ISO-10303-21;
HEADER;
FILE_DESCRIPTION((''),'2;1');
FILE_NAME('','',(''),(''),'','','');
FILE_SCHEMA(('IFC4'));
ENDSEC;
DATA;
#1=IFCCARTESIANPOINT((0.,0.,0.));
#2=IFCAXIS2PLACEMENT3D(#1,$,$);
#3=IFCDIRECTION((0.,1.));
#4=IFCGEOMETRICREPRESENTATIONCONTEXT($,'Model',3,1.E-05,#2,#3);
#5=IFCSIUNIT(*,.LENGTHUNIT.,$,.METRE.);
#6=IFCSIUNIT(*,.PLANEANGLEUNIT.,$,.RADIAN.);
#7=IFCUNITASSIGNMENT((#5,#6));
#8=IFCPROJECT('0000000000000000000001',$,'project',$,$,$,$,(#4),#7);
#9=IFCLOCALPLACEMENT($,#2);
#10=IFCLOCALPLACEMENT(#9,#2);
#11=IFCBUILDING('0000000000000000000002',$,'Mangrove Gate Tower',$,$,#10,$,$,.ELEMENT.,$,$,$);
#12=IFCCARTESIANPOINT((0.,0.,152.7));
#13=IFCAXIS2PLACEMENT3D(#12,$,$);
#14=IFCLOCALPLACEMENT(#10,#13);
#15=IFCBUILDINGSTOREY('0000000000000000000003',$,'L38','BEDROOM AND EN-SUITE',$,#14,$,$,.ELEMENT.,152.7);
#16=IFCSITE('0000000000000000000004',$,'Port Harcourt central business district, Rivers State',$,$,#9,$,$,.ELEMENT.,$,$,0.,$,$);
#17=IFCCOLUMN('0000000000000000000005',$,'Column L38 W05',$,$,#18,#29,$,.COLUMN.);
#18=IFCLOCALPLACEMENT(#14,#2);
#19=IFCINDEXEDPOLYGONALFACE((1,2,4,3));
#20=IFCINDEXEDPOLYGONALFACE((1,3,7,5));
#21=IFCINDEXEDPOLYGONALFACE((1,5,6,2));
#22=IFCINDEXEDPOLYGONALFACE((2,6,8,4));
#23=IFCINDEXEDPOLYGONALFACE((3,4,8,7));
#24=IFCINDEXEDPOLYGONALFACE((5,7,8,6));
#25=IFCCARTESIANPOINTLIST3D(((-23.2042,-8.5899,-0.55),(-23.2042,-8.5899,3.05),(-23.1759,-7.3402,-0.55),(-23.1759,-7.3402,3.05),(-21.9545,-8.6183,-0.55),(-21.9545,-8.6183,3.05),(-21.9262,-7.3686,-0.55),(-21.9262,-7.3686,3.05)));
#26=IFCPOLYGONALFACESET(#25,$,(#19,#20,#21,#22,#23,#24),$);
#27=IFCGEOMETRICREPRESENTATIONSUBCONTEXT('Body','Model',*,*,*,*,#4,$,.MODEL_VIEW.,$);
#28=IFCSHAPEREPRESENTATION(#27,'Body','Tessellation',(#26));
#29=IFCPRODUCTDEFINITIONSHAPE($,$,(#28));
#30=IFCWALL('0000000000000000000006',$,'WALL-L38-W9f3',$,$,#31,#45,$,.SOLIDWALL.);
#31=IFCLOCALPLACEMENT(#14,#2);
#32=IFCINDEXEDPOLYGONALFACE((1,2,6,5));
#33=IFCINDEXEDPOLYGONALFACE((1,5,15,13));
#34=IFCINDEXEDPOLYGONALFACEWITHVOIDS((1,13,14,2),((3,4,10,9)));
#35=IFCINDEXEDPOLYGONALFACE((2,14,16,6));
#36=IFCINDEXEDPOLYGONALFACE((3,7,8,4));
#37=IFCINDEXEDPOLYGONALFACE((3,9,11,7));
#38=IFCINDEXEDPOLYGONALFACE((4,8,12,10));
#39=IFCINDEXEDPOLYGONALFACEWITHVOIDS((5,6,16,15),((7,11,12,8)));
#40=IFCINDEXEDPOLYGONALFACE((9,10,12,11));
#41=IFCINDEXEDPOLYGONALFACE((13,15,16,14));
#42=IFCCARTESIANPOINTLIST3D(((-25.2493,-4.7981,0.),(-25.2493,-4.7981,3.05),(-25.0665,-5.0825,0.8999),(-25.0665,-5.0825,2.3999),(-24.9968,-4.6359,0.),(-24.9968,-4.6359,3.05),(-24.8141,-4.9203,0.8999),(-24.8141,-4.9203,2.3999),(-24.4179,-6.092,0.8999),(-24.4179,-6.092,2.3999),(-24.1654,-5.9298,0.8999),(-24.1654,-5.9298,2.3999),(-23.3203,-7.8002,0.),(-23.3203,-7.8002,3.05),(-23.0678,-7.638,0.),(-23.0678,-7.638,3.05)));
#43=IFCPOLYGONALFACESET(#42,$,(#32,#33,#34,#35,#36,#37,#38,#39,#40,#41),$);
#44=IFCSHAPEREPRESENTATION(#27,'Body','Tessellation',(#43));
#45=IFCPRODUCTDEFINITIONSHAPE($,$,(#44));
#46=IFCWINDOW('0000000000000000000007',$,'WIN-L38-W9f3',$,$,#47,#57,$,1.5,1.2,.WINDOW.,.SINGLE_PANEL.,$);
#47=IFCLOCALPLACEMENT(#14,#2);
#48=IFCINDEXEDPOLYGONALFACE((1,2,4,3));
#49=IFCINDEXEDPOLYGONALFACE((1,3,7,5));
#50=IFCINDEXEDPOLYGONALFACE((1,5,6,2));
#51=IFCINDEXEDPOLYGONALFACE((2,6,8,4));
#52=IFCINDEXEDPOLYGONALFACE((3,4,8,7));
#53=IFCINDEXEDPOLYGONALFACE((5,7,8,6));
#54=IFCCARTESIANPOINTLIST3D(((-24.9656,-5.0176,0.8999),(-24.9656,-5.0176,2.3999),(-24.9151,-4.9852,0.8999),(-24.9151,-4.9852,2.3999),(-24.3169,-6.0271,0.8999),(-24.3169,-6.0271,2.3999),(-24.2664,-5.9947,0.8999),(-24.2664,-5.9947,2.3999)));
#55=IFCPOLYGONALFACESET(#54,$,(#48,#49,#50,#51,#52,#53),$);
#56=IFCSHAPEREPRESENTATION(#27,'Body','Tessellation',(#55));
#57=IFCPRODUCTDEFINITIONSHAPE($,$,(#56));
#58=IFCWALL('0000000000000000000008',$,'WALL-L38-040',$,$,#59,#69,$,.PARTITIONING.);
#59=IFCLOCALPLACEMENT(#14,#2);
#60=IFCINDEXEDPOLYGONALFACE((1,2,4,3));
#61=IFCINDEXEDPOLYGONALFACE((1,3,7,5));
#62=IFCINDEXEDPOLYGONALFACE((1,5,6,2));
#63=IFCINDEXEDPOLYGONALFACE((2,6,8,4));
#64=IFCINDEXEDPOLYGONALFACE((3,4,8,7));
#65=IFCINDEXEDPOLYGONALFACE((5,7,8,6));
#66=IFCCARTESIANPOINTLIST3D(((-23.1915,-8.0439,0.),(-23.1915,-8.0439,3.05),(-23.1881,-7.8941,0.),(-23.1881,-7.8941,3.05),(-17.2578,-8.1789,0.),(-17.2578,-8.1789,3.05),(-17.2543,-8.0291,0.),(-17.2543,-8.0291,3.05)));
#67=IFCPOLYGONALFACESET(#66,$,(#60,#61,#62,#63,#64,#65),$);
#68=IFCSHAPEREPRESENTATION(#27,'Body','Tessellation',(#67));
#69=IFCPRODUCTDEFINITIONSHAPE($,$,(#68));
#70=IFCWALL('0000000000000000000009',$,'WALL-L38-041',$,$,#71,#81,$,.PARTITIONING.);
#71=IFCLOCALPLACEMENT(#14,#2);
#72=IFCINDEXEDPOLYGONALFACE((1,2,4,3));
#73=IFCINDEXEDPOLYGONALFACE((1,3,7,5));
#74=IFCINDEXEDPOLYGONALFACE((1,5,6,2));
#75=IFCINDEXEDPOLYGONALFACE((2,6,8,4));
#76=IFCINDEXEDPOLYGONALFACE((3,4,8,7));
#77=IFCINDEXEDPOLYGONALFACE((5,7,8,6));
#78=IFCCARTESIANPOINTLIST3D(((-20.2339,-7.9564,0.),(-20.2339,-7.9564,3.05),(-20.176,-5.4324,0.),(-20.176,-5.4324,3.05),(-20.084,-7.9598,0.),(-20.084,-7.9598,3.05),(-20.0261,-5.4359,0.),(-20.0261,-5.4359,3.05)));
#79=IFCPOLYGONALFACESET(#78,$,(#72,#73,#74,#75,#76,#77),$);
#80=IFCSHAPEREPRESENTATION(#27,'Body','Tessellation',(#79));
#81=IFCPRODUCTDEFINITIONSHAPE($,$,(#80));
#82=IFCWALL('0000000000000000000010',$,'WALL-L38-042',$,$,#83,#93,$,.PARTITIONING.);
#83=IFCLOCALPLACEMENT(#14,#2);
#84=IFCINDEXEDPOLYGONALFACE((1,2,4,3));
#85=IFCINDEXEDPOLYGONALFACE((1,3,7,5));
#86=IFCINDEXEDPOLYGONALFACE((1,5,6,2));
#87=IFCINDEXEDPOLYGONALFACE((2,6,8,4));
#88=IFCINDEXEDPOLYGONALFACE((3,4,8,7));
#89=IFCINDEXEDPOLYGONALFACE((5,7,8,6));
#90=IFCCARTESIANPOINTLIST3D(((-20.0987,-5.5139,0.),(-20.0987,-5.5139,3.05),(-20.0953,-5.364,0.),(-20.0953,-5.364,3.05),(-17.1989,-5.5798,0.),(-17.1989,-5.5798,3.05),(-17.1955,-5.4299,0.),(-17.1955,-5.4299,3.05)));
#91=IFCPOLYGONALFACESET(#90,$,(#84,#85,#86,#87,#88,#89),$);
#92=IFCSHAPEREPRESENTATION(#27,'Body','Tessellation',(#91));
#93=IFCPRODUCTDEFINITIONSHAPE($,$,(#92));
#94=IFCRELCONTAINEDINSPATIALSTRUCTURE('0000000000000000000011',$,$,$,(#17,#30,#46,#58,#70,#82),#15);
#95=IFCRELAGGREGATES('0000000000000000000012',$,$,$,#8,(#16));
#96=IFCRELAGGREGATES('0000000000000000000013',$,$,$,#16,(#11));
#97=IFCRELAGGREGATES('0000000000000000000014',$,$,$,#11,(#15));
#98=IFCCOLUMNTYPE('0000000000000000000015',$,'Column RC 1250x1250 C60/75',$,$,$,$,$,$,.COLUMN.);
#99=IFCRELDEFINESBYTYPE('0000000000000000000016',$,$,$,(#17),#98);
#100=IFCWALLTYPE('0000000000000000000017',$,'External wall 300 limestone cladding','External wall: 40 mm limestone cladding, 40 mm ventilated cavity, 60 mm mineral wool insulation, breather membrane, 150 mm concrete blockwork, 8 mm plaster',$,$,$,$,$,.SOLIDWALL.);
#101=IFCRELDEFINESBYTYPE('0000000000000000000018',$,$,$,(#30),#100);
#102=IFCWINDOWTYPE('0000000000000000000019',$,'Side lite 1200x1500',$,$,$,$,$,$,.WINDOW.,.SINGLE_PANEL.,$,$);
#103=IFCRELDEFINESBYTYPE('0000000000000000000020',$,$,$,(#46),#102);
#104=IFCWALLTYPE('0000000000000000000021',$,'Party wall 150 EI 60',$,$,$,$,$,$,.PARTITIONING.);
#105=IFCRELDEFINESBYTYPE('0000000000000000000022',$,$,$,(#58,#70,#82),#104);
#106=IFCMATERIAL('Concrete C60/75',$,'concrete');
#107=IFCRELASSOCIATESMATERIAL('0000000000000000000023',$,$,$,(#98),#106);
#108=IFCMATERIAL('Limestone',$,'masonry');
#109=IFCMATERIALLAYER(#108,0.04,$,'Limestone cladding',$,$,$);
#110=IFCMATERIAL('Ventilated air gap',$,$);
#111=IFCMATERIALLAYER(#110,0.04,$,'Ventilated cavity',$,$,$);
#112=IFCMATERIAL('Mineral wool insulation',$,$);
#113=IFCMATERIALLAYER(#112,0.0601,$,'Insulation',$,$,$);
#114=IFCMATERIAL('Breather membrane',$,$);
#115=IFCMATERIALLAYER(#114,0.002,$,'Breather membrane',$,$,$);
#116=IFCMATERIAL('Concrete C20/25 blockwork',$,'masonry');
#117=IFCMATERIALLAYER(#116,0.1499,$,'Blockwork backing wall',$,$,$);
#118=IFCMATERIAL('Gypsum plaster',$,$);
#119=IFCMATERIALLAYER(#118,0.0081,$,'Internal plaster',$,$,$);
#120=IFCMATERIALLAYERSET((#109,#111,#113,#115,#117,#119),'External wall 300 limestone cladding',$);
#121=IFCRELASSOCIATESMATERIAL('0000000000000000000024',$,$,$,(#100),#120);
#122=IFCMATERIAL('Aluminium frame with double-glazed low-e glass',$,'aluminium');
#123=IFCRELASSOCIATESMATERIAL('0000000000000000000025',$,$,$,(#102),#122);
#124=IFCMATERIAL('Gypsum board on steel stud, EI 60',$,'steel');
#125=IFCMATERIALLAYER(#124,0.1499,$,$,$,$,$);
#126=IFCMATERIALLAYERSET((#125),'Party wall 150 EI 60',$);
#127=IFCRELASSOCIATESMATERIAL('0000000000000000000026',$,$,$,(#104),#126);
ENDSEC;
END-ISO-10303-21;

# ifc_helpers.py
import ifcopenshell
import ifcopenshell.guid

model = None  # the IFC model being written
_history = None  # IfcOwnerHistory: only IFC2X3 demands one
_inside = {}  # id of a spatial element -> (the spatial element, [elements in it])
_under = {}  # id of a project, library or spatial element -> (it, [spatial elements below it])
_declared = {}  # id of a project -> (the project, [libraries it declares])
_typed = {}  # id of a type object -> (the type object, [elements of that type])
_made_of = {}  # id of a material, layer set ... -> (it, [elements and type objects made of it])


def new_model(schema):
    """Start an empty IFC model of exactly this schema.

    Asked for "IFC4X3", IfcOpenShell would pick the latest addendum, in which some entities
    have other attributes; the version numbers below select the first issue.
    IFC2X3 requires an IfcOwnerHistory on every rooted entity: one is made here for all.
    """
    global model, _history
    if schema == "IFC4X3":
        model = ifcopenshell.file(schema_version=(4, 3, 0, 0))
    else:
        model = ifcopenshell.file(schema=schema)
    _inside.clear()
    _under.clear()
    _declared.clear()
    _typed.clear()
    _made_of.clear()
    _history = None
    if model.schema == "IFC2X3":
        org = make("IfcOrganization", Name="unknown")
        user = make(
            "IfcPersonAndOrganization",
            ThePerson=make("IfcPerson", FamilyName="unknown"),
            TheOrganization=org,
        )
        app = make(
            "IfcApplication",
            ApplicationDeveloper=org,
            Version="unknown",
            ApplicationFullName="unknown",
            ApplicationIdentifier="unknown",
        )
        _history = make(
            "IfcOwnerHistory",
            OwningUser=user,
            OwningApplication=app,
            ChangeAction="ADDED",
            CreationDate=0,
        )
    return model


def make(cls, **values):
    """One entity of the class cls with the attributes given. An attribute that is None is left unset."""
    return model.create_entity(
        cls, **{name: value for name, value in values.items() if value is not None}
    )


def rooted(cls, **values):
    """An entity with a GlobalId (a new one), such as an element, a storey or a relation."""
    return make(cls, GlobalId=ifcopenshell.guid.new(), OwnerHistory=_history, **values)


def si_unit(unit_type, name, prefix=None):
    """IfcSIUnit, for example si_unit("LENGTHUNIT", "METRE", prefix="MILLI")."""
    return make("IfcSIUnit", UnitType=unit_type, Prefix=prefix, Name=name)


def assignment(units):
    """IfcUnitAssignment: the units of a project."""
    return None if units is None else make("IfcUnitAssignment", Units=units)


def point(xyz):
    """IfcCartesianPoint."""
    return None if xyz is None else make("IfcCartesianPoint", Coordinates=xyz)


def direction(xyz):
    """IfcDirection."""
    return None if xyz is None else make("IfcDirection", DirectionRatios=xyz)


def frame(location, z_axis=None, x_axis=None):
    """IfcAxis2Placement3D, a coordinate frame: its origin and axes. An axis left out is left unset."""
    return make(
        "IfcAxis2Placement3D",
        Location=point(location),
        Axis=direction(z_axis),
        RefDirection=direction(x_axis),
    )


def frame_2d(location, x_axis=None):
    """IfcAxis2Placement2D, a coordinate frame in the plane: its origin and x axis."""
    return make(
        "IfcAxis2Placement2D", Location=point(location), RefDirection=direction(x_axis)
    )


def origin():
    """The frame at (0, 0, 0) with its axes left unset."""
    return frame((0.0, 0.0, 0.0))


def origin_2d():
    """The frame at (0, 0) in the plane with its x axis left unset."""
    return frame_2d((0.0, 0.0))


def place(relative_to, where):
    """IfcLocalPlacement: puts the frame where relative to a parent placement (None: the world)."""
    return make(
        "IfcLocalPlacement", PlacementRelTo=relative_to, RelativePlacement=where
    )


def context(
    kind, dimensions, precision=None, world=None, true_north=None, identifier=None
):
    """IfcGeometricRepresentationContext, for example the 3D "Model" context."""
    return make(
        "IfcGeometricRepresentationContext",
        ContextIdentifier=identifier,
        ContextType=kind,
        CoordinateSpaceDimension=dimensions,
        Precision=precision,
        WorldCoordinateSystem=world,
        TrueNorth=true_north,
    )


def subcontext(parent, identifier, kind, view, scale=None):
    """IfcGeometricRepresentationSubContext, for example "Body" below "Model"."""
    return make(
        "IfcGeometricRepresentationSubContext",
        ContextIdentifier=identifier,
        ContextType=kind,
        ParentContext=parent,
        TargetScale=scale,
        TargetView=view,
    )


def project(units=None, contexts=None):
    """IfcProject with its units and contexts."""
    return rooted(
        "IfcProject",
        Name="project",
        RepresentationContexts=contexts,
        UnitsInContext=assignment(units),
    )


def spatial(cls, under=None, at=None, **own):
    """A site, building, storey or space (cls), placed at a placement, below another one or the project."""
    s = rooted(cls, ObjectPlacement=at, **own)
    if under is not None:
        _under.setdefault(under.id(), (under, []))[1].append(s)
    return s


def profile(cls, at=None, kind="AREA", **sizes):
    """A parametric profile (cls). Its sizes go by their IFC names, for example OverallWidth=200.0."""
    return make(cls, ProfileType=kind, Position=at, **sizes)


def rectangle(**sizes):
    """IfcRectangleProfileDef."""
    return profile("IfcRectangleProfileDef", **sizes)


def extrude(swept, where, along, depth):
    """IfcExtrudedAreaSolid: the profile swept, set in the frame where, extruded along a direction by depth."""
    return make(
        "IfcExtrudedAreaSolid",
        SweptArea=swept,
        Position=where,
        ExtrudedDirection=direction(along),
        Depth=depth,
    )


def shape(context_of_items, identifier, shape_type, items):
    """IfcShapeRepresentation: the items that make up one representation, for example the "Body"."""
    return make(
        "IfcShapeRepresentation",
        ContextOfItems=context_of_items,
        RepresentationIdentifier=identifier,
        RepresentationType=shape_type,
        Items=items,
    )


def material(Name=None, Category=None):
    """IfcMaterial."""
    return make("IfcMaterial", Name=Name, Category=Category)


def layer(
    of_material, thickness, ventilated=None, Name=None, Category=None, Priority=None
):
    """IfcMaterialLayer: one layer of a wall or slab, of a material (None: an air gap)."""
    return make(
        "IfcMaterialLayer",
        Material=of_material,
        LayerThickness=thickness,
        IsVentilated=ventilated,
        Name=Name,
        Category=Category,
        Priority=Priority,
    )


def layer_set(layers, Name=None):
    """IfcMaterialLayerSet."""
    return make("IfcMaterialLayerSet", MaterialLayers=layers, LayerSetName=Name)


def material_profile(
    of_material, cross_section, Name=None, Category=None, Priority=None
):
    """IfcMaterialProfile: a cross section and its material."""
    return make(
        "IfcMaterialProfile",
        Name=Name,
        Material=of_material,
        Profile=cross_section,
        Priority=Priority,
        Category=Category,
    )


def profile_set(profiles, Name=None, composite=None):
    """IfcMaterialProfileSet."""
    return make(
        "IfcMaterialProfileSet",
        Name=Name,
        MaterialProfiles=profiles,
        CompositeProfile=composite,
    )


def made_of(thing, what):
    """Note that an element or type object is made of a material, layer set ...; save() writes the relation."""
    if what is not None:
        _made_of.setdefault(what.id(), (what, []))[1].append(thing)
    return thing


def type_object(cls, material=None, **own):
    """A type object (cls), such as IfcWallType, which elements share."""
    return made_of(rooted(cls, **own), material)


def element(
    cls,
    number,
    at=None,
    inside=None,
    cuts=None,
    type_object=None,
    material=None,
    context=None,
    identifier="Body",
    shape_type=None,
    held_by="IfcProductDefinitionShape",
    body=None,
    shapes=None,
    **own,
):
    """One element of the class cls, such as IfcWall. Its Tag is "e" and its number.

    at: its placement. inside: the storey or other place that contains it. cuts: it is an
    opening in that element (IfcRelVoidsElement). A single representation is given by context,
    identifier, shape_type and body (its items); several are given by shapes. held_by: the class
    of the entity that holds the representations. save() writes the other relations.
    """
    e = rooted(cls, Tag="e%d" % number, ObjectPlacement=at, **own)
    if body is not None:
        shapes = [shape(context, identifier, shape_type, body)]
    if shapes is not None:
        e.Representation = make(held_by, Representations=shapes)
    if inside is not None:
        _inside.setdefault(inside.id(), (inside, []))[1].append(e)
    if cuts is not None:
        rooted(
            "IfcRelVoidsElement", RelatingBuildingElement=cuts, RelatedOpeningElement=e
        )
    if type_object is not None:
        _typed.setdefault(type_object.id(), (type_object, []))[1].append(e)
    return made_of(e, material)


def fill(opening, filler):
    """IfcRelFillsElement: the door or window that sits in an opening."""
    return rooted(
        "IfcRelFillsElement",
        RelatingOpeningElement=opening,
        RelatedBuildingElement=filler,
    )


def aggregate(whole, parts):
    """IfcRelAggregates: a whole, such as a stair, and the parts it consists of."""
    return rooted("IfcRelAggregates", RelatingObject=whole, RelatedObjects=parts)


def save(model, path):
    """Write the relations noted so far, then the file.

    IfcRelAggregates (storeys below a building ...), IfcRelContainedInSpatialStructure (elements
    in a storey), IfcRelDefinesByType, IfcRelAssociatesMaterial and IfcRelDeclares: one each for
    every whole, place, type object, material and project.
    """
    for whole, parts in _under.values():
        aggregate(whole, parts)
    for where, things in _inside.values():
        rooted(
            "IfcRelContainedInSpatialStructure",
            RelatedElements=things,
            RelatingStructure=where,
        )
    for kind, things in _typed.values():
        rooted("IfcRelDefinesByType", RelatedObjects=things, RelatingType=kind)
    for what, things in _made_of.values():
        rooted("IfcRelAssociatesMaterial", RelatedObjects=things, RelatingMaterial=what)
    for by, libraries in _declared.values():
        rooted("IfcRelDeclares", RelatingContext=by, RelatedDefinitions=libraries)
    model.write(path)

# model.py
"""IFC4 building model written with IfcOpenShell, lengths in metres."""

from ifc_helpers import new_model, si_unit, direction, frame, frame_2d, origin, origin_2d, place, context, subcontext, project, spatial, rectangle, extrude, material, layer, layer_set, material_profile, profile_set, type_object, element, fill, save


model = new_model("IFC4")

# Units and contexts
model_context = context("Model", 3, precision=1e-05, world=origin(), true_north=direction((0.0, 1.0)))
body_context = subcontext(model_context, "Body", "Model", "MODEL_VIEW")
ifc_project = project(units=[si_unit("LENGTHUNIT", "METRE"), si_unit("PLANEANGLEUNIT", "RADIAN")], contexts=[model_context])

# Site, building, storey
site_placement = place(None, origin())
site = spatial("IfcSite", under=ifc_project, at=site_placement, Name="Port Harcourt central business district, Rivers State", CompositionType="ELEMENT", RefElevation=0.0)
building_placement = place(site_placement, origin())
building = spatial("IfcBuilding", under=site, at=building_placement, Name="Mangrove Gate Tower", CompositionType="ELEMENT")
storey_placement = place(building_placement, frame((0.0, 0.0, 152.7)))
storey = spatial("IfcBuildingStorey", under=building, at=storey_placement, Name="L38", Description="BEDROOM AND EN-SUITE", CompositionType="ELEMENT", Elevation=152.7)

# Column
ifc_material_1 = material(Name="Concrete C60/75", Category="concrete")
ifc_material_profile = material_profile(ifc_material_1, rectangle(XDim=1.25, YDim=1.25, at=origin_2d()))
ifc_profile_set = profile_set([ifc_material_profile], Name="Concrete C60/75")
column_type = type_object("IfcColumnType", Name="Column RC 1250x1250 C60/75", PredefinedType="COLUMN", material=ifc_profile_set)
column_placement = place(storey_placement, frame((-22.5652, -7.9792, -0.55), z_axis=(0.0, 0.0, 1.0), x_axis=(-0.022668, -0.999743, 0.0)))
element("IfcColumn", 1, at=column_placement, inside=storey, type_object=column_type, Name="Column L38 W05", PredefinedType="COLUMN", context=body_context, shape_type="SweptSolid", body=[
    extrude(rectangle(XDim=1.25, YDim=1.25, at=origin_2d()), origin(), (0.0, 0.0, 1.0), 3.6001),
])

# Wall, opening, window
ifc_material_2 = material(Name="Limestone", Category="masonry")
ifc_layer_1 = layer(ifc_material_2, 0.04, Name="Limestone cladding")
ifc_material_3 = material(Name="Ventilated air gap")
ifc_layer_2 = layer(ifc_material_3, 0.04, Name="Ventilated cavity")
ifc_material_4 = material(Name="Mineral wool insulation")
ifc_layer_3 = layer(ifc_material_4, 0.0601, Name="Insulation")
ifc_material_5 = material(Name="Breather membrane")
ifc_layer_4 = layer(ifc_material_5, 0.002, Name="Breather membrane")
ifc_material_6 = material(Name="Concrete C20/25 blockwork", Category="masonry")
ifc_layer_5 = layer(ifc_material_6, 0.1499, Name="Blockwork backing wall")
ifc_material_7 = material(Name="Gypsum plaster")
ifc_layer_6 = layer(ifc_material_7, 0.0081, Name="Internal plaster")
ifc_layer_set_1 = layer_set([ifc_layer_1, ifc_layer_2, ifc_layer_3, ifc_layer_4, ifc_layer_5, ifc_layer_6], Name="External wall 300 limestone cladding")
wall_type_1 = type_object("IfcWallType", Name="External wall 300 limestone cladding", Description="External wall: 40 mm limestone cladding, 40 mm ventilated cavity, 60 mm mineral wool insulation, breather membrane, 150 mm concrete blockwork, 8 mm plaster", PredefinedType="SOLIDWALL", material=ifc_layer_set_1)
wall_1_placement = place(storey_placement, frame((-25.123, -4.717, 0.0), z_axis=(0.0, 0.0, 1.0), x_axis=(0.540585, -0.84129, 0.0)))
wall_1 = element("IfcWall", 2, at=wall_1_placement, inside=storey, type_object=wall_type_1, Name="WALL-L38-W9f3", PredefinedType="SOLIDWALL", context=body_context, shape_type="SweptSolid", body=[
    extrude(rectangle(XDim=3.5684, YDim=0.3, at=frame_2d((1.7842, 0.0))), origin(), (0.0, 0.0, 1.0), 3.05),
])
opening_1_placement = place(wall_1_placement, frame((0.3379, 0.0, 0.8999)))
opening_1 = element("IfcOpeningElement", 3, at=opening_1_placement, cuts=wall_1, PredefinedType="OPENING", context=body_context, shape_type="SweptSolid", body=[
    extrude(rectangle(XDim=1.2, YDim=1.5, at=frame_2d((0.6001, 0.75))), frame((0.0, 0.1599, 0.0), z_axis=(0.0, -1.0, 0.0), x_axis=(1.0, 0.0, 0.0)), (0.0, 0.0, 1.0), 0.3201),
])
ifc_material_8 = material(Name="Aluminium frame with double-glazed low-e glass", Category="aluminium")
window_type = type_object("IfcWindowType", Name="Side lite 1200x1500", PartitioningType="SINGLE_PANEL", PredefinedType="WINDOW", material=ifc_material_8)
window_1_placement = place(opening_1_placement, origin())
window_1 = element("IfcWindow", 4, at=window_1_placement, inside=storey, type_object=window_type, Name="WIN-L38-W9f3", OverallHeight=1.5, OverallWidth=1.2, PartitioningType="SINGLE_PANEL", PredefinedType="WINDOW", context=body_context, shape_type="SweptSolid", body=[
    extrude(rectangle(XDim=1.2, YDim=1.5, at=frame_2d((0.6001, 0.75))), frame((0.0, 0.03, 0.0), z_axis=(0.0, -1.0, 0.0), x_axis=(1.0, 0.0, 0.0)), (0.0, 0.0, 1.0), 0.0601),
])
fill(opening_1, window_1)

# Walls
ifc_material_9 = material(Name="Gypsum board on steel stud, EI 60", Category="steel")
ifc_layer_7 = layer(ifc_material_9, 0.1499)
ifc_layer_set_2 = layer_set([ifc_layer_7], Name="Party wall 150 EI 60")
wall_type_2 = type_object("IfcWallType", Name="Party wall 150 EI 60", PredefinedType="PARTITIONING", material=ifc_layer_set_2)
wall_2_placement = place(storey_placement, frame((-23.1899, -7.969, 0.0), z_axis=(0.0, 0.0, 1.0), x_axis=(0.999741, -0.022747, 0.0)))
element("IfcWall", 5, at=wall_2_placement, inside=storey, type_object=wall_type_2, Name="WALL-L38-040", PredefinedType="PARTITIONING", context=body_context, shape_type="SweptSolid", body=[
    extrude(rectangle(XDim=5.9353, YDim=0.1499, at=frame_2d((2.9678, 0.0))), origin(), (0.0, 0.0, 1.0), 3.05),
])
wall_3_placement = place(storey_placement, frame((-20.1589, -7.958, 0.0), z_axis=(0.0, 0.0, 1.0), x_axis=(0.022919, 0.999737, 0.0)))
element("IfcWall", 6, at=wall_3_placement, inside=storey, type_object=wall_type_2, Name="WALL-L38-041", PredefinedType="PARTITIONING", context=body_context, shape_type="SweptSolid", body=[
    extrude(rectangle(XDim=2.5247, YDim=0.1499, at=frame_2d((1.2622, 0.0))), origin(), (0.0, 0.0, 1.0), 3.05),
])
wall_4_placement = place(storey_placement, frame((-20.0969, -5.439, 0.0), z_axis=(0.0, 0.0, 1.0), x_axis=(0.999742, -0.022725, 0.0)))
element("IfcWall", 7, at=wall_4_placement, inside=storey, type_object=wall_type_2, Name="WALL-L38-042", PredefinedType="PARTITIONING", context=body_context, shape_type="SweptSolid", body=[
    extrude(rectangle(XDim=2.9006, YDim=0.1499, at=frame_2d((1.4502, 0.0))), origin(), (0.0, 0.0, 1.0), 3.05),
])

save(model, "model.ifc")
